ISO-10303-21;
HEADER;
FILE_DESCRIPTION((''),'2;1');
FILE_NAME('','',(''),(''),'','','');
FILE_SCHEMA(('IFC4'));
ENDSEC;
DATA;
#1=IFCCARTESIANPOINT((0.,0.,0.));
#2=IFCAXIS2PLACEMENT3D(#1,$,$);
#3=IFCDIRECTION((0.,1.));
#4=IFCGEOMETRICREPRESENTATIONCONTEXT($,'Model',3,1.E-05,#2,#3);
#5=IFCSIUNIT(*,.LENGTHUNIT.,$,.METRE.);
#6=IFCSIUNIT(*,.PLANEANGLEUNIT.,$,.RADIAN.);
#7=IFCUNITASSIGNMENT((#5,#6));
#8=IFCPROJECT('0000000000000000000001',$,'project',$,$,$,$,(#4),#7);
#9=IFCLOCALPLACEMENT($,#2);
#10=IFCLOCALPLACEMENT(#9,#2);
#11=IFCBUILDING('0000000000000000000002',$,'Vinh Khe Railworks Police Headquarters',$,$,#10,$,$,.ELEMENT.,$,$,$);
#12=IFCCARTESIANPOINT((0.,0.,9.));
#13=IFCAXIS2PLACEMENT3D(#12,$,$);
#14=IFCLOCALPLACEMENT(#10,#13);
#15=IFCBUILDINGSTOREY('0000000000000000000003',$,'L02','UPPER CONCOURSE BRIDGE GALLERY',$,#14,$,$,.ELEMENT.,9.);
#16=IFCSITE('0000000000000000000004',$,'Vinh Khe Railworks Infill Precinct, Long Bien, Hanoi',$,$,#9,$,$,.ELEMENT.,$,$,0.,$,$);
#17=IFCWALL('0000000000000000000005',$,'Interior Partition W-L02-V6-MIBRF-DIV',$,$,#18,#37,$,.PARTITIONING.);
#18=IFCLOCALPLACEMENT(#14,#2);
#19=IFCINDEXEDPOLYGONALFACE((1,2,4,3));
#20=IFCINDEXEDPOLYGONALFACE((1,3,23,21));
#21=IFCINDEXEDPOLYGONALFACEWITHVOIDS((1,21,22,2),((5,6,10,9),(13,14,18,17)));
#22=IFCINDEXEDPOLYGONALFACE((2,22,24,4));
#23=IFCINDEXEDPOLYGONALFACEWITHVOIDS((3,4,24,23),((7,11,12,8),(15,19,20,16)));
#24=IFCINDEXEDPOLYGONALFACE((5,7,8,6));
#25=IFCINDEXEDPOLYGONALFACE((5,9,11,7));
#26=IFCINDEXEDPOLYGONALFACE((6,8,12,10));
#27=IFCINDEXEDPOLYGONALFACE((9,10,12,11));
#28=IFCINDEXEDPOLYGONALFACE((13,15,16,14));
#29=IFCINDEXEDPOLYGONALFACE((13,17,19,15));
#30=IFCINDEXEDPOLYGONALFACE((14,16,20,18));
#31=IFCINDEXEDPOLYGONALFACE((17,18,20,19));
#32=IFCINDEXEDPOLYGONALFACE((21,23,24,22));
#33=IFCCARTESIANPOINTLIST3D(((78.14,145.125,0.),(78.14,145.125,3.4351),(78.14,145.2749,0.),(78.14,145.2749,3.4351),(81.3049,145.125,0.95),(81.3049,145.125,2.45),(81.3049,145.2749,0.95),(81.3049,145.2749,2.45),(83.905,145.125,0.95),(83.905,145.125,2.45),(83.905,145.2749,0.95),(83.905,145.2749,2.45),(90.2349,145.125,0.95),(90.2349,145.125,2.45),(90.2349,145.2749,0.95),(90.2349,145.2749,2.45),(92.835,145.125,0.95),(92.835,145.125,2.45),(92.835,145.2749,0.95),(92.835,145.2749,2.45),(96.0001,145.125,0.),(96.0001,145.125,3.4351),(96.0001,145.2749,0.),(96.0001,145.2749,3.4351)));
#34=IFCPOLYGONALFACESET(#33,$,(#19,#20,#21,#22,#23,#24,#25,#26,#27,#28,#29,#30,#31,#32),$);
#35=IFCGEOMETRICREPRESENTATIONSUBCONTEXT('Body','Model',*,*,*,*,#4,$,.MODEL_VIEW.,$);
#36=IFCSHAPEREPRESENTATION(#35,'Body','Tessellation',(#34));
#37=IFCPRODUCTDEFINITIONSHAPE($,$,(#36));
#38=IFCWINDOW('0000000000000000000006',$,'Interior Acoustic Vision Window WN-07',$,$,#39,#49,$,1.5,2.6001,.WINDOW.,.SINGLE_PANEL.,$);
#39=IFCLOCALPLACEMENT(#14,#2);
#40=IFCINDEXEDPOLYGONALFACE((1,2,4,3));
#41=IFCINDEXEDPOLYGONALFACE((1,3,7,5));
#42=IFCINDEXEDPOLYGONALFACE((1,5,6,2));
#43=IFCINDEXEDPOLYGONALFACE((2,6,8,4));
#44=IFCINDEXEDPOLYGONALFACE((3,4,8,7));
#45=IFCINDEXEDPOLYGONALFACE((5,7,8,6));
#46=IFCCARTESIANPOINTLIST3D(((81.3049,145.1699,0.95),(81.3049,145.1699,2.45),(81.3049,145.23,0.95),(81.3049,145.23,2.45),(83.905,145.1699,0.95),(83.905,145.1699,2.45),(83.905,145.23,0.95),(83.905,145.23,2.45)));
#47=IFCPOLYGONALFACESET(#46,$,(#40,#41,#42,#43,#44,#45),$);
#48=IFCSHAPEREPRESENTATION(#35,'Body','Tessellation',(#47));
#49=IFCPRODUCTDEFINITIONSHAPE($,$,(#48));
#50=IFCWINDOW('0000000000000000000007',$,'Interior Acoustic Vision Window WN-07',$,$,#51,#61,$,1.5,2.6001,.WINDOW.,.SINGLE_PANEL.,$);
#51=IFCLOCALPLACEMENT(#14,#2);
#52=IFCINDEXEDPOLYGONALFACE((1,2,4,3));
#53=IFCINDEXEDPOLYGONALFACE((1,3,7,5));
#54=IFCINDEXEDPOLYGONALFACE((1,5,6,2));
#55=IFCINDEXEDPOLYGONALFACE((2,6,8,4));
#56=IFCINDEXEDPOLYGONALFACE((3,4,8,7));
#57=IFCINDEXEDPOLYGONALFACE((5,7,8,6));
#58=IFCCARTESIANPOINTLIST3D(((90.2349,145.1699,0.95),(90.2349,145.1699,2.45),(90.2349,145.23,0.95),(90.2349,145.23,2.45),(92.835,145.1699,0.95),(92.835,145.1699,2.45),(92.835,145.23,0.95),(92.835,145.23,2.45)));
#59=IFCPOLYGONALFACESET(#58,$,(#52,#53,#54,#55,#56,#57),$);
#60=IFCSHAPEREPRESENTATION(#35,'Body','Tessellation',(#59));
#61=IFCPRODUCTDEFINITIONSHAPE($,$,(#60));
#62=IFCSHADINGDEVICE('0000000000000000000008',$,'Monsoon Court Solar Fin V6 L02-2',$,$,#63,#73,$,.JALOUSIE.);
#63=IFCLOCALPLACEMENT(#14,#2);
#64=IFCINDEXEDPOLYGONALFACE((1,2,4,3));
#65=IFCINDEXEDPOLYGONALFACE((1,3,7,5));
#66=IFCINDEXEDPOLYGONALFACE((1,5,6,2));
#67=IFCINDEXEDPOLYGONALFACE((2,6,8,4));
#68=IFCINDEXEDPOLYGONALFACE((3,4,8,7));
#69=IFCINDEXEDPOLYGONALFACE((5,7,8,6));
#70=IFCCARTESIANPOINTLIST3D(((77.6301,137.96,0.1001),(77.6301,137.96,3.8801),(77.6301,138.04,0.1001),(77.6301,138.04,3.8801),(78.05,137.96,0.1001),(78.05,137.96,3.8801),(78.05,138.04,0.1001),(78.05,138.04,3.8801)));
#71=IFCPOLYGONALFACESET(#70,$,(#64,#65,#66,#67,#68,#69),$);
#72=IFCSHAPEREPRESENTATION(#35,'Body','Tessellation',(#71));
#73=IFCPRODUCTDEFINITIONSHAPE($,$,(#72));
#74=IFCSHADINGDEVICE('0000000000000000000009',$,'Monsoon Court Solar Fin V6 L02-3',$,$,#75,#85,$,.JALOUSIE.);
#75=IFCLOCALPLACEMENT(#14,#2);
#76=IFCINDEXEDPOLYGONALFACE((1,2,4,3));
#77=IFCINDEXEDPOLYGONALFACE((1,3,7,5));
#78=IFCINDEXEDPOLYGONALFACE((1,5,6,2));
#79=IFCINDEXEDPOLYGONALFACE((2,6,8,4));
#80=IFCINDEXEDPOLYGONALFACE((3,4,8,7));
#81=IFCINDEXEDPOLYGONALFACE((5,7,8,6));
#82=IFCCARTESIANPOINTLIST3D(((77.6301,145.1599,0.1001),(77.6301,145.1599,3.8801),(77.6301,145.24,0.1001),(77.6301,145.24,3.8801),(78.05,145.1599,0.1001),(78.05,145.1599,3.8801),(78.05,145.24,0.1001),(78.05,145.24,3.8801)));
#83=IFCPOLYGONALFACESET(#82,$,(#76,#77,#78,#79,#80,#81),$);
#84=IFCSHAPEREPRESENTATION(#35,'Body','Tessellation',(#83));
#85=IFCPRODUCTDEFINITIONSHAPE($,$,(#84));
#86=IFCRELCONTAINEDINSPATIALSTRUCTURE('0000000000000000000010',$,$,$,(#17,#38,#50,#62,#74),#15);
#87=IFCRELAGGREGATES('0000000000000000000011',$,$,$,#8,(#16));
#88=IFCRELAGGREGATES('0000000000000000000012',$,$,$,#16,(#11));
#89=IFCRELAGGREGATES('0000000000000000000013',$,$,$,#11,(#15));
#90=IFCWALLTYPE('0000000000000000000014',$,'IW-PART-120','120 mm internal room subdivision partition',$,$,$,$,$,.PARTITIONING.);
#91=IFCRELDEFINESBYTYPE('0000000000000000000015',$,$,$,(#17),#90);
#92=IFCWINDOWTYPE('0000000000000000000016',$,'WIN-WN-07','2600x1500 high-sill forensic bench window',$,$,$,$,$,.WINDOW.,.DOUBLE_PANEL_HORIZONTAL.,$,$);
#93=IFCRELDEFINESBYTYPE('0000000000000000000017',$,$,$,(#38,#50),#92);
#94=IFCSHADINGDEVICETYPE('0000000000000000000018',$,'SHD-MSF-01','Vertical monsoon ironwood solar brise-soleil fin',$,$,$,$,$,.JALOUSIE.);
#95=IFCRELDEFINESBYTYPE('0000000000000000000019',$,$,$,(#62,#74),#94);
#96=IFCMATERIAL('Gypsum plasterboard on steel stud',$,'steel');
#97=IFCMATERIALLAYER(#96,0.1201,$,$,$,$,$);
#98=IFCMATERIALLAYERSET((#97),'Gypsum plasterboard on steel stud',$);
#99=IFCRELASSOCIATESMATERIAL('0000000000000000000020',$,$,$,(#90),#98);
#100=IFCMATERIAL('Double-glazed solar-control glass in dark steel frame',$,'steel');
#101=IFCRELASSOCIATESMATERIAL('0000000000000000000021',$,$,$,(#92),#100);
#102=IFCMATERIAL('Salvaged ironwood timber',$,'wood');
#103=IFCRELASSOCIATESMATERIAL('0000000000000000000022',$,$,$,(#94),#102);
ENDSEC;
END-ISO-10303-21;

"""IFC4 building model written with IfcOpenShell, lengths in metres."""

from ifc_helpers import new_model, si_unit, direction, frame, frame_2d, origin, origin_2d, place, context, subcontext, project, spatial, rectangle, extrude, material, layer, layer_set, type_object, element, fill, save


model = new_model("IFC4")

# Units and contexts
model_context = context("Model", 3, precision=1e-05, world=origin(), true_north=direction((0.0, 1.0)))
body_context = subcontext(model_context, "Body", "Model", "MODEL_VIEW")
ifc_project = project(units=[si_unit("LENGTHUNIT", "METRE"), si_unit("PLANEANGLEUNIT", "RADIAN")], contexts=[model_context])

# Site, building, storey
site_placement = place(None, origin())
site = spatial("IfcSite", under=ifc_project, at=site_placement, Name="Vinh Khe Railworks Infill Precinct, Long Bien, Hanoi", CompositionType="ELEMENT", RefElevation=0.0)
building_placement = place(site_placement, origin())
building = spatial("IfcBuilding", under=site, at=building_placement, Name="Vinh Khe Railworks Police Headquarters", CompositionType="ELEMENT")
storey_placement = place(building_placement, frame((0.0, 0.0, 9.0)))
storey = spatial("IfcBuildingStorey", under=building, at=storey_placement, Name="L02", Description="UPPER CONCOURSE BRIDGE GALLERY", CompositionType="ELEMENT", Elevation=9.0)

# Shared definitions
ifc_material_1 = material(Name="Double-glazed solar-control glass in dark steel frame", Category="steel")

# Wall, openings, windows
ifc_material_2 = material(Name="Gypsum plasterboard on steel stud", Category="steel")
ifc_layer_1 = layer(ifc_material_2, 0.1201)
ifc_layer_set_1 = layer_set([ifc_layer_1], Name="Gypsum plasterboard on steel stud")
wall_type_1 = type_object("IfcWallType", Name="IW-PART-120", Description="120 mm internal room subdivision partition", PredefinedType="PARTITIONING", material=ifc_layer_set_1)
wall_1_placement = place(storey_placement, frame((78.1399, 145.2, 0.0), z_axis=(0.0, 0.0, 1.0), x_axis=(1.0, 0.0, 0.0)))
wall_1 = element("IfcWall", 1, at=wall_1_placement, inside=storey, type_object=wall_type_1, Name="Interior Partition W-L02-V6-MIBRF-DIV", PredefinedType="PARTITIONING", context=body_context, shape_type="SweptSolid", body=[
    extrude(rectangle(XDim=17.8601, YDim=0.1499, at=frame_2d((8.9302, 0.0))), origin(), (0.0, 0.0, 1.0), 3.4351),
])
opening_1_placement = place(wall_1_placement, frame((3.165, 0.0, 0.95)))
opening_1 = element("IfcOpeningElement", 2, at=opening_1_placement, cuts=wall_1, PredefinedType="OPENING", context=body_context, shape_type="SweptSolid", body=[
    extrude(rectangle(XDim=2.6001, YDim=1.5, at=frame_2d((1.3, 0.75))), frame((0.0, 0.0898, 0.0), z_axis=(0.0, -1.0, 0.0), x_axis=(1.0, 0.0, 0.0)), (0.0, 0.0, 1.0), 0.1797),
])
opening_2_placement = place(wall_1_placement, frame((12.095, 0.0, 0.95)))
opening_2 = element("IfcOpeningElement", 3, at=opening_2_placement, cuts=wall_1, PredefinedType="OPENING", context=body_context, shape_type="SweptSolid", body=[
    extrude(rectangle(XDim=2.6001, YDim=1.5, at=frame_2d((1.3, 0.75))), frame((0.0, 0.0898, 0.0), z_axis=(0.0, -1.0, 0.0), x_axis=(1.0, 0.0, 0.0)), (0.0, 0.0, 1.0), 0.1797),
])
window_type_1 = type_object("IfcWindowType", Name="WIN-WN-07", Description="2600x1500 high-sill forensic bench window", PartitioningType="DOUBLE_PANEL_HORIZONTAL", PredefinedType="WINDOW", material=ifc_material_1)
window_1_placement = place(opening_1_placement, origin())
window_1 = element("IfcWindow", 4, at=window_1_placement, inside=storey, type_object=window_type_1, Name="Interior Acoustic Vision Window WN-07", OverallHeight=1.5, OverallWidth=2.6001, PartitioningType="SINGLE_PANEL", PredefinedType="WINDOW", context=body_context, shape_type="SweptSolid", body=[
    extrude(rectangle(XDim=2.6001, YDim=1.5, at=frame_2d((1.3, 0.75))), frame((0.0, 0.03, 0.0), z_axis=(0.0, -1.0, 0.0), x_axis=(1.0, 0.0, 0.0)), (0.0, 0.0, 1.0), 0.0601),
])
fill(opening_1, window_1)
window_2_placement = place(opening_2_placement, origin())
window_2 = element("IfcWindow", 5, at=window_2_placement, inside=storey, type_object=window_type_1, Name="Interior Acoustic Vision Window WN-07", OverallHeight=1.5, OverallWidth=2.6001, PartitioningType="SINGLE_PANEL", PredefinedType="WINDOW", context=body_context, shape_type="SweptSolid", body=[
    extrude(rectangle(XDim=2.6001, YDim=1.5, at=frame_2d((1.3, 0.75))), frame((0.0, 0.03, 0.0), z_axis=(0.0, -1.0, 0.0), x_axis=(1.0, 0.0, 0.0)), (0.0, 0.0, 1.0), 0.0601),
])
fill(opening_2, window_2)

# Shading devices
ifc_material_3 = material(Name="Salvaged ironwood timber", Category="wood")
shading_device_type = type_object("IfcShadingDeviceType", Name="SHD-MSF-01", Description="Vertical monsoon ironwood solar brise-soleil fin", PredefinedType="JALOUSIE", material=ifc_material_3)
for number, where, z_axis, x_axis, name in (
    (6, (77.8401, 138.0, 0.1001), (0.0, 0.0, 1.0), (1.0, 0.0, 0.0), "Monsoon Court Solar Fin V6 L02-2"),
    (7, (77.8401, 145.2, 0.1001), (0.0, 0.0, 1.0), (1.0, 0.0, 0.0), "Monsoon Court Solar Fin V6 L02-3"),
):
    element("IfcShadingDevice", number, at=place(storey_placement, frame(where, z_axis=z_axis, x_axis=x_axis)), inside=storey, type_object=shading_device_type, Name=name, PredefinedType="JALOUSIE", context=body_context, shape_type="SweptSolid", body=[
        extrude(rectangle(XDim=0.4199, YDim=0.0801, at=origin_2d()), origin(), (0.0, 0.0, 1.0), 3.78),
    ])

save(model, "model.ifc")
